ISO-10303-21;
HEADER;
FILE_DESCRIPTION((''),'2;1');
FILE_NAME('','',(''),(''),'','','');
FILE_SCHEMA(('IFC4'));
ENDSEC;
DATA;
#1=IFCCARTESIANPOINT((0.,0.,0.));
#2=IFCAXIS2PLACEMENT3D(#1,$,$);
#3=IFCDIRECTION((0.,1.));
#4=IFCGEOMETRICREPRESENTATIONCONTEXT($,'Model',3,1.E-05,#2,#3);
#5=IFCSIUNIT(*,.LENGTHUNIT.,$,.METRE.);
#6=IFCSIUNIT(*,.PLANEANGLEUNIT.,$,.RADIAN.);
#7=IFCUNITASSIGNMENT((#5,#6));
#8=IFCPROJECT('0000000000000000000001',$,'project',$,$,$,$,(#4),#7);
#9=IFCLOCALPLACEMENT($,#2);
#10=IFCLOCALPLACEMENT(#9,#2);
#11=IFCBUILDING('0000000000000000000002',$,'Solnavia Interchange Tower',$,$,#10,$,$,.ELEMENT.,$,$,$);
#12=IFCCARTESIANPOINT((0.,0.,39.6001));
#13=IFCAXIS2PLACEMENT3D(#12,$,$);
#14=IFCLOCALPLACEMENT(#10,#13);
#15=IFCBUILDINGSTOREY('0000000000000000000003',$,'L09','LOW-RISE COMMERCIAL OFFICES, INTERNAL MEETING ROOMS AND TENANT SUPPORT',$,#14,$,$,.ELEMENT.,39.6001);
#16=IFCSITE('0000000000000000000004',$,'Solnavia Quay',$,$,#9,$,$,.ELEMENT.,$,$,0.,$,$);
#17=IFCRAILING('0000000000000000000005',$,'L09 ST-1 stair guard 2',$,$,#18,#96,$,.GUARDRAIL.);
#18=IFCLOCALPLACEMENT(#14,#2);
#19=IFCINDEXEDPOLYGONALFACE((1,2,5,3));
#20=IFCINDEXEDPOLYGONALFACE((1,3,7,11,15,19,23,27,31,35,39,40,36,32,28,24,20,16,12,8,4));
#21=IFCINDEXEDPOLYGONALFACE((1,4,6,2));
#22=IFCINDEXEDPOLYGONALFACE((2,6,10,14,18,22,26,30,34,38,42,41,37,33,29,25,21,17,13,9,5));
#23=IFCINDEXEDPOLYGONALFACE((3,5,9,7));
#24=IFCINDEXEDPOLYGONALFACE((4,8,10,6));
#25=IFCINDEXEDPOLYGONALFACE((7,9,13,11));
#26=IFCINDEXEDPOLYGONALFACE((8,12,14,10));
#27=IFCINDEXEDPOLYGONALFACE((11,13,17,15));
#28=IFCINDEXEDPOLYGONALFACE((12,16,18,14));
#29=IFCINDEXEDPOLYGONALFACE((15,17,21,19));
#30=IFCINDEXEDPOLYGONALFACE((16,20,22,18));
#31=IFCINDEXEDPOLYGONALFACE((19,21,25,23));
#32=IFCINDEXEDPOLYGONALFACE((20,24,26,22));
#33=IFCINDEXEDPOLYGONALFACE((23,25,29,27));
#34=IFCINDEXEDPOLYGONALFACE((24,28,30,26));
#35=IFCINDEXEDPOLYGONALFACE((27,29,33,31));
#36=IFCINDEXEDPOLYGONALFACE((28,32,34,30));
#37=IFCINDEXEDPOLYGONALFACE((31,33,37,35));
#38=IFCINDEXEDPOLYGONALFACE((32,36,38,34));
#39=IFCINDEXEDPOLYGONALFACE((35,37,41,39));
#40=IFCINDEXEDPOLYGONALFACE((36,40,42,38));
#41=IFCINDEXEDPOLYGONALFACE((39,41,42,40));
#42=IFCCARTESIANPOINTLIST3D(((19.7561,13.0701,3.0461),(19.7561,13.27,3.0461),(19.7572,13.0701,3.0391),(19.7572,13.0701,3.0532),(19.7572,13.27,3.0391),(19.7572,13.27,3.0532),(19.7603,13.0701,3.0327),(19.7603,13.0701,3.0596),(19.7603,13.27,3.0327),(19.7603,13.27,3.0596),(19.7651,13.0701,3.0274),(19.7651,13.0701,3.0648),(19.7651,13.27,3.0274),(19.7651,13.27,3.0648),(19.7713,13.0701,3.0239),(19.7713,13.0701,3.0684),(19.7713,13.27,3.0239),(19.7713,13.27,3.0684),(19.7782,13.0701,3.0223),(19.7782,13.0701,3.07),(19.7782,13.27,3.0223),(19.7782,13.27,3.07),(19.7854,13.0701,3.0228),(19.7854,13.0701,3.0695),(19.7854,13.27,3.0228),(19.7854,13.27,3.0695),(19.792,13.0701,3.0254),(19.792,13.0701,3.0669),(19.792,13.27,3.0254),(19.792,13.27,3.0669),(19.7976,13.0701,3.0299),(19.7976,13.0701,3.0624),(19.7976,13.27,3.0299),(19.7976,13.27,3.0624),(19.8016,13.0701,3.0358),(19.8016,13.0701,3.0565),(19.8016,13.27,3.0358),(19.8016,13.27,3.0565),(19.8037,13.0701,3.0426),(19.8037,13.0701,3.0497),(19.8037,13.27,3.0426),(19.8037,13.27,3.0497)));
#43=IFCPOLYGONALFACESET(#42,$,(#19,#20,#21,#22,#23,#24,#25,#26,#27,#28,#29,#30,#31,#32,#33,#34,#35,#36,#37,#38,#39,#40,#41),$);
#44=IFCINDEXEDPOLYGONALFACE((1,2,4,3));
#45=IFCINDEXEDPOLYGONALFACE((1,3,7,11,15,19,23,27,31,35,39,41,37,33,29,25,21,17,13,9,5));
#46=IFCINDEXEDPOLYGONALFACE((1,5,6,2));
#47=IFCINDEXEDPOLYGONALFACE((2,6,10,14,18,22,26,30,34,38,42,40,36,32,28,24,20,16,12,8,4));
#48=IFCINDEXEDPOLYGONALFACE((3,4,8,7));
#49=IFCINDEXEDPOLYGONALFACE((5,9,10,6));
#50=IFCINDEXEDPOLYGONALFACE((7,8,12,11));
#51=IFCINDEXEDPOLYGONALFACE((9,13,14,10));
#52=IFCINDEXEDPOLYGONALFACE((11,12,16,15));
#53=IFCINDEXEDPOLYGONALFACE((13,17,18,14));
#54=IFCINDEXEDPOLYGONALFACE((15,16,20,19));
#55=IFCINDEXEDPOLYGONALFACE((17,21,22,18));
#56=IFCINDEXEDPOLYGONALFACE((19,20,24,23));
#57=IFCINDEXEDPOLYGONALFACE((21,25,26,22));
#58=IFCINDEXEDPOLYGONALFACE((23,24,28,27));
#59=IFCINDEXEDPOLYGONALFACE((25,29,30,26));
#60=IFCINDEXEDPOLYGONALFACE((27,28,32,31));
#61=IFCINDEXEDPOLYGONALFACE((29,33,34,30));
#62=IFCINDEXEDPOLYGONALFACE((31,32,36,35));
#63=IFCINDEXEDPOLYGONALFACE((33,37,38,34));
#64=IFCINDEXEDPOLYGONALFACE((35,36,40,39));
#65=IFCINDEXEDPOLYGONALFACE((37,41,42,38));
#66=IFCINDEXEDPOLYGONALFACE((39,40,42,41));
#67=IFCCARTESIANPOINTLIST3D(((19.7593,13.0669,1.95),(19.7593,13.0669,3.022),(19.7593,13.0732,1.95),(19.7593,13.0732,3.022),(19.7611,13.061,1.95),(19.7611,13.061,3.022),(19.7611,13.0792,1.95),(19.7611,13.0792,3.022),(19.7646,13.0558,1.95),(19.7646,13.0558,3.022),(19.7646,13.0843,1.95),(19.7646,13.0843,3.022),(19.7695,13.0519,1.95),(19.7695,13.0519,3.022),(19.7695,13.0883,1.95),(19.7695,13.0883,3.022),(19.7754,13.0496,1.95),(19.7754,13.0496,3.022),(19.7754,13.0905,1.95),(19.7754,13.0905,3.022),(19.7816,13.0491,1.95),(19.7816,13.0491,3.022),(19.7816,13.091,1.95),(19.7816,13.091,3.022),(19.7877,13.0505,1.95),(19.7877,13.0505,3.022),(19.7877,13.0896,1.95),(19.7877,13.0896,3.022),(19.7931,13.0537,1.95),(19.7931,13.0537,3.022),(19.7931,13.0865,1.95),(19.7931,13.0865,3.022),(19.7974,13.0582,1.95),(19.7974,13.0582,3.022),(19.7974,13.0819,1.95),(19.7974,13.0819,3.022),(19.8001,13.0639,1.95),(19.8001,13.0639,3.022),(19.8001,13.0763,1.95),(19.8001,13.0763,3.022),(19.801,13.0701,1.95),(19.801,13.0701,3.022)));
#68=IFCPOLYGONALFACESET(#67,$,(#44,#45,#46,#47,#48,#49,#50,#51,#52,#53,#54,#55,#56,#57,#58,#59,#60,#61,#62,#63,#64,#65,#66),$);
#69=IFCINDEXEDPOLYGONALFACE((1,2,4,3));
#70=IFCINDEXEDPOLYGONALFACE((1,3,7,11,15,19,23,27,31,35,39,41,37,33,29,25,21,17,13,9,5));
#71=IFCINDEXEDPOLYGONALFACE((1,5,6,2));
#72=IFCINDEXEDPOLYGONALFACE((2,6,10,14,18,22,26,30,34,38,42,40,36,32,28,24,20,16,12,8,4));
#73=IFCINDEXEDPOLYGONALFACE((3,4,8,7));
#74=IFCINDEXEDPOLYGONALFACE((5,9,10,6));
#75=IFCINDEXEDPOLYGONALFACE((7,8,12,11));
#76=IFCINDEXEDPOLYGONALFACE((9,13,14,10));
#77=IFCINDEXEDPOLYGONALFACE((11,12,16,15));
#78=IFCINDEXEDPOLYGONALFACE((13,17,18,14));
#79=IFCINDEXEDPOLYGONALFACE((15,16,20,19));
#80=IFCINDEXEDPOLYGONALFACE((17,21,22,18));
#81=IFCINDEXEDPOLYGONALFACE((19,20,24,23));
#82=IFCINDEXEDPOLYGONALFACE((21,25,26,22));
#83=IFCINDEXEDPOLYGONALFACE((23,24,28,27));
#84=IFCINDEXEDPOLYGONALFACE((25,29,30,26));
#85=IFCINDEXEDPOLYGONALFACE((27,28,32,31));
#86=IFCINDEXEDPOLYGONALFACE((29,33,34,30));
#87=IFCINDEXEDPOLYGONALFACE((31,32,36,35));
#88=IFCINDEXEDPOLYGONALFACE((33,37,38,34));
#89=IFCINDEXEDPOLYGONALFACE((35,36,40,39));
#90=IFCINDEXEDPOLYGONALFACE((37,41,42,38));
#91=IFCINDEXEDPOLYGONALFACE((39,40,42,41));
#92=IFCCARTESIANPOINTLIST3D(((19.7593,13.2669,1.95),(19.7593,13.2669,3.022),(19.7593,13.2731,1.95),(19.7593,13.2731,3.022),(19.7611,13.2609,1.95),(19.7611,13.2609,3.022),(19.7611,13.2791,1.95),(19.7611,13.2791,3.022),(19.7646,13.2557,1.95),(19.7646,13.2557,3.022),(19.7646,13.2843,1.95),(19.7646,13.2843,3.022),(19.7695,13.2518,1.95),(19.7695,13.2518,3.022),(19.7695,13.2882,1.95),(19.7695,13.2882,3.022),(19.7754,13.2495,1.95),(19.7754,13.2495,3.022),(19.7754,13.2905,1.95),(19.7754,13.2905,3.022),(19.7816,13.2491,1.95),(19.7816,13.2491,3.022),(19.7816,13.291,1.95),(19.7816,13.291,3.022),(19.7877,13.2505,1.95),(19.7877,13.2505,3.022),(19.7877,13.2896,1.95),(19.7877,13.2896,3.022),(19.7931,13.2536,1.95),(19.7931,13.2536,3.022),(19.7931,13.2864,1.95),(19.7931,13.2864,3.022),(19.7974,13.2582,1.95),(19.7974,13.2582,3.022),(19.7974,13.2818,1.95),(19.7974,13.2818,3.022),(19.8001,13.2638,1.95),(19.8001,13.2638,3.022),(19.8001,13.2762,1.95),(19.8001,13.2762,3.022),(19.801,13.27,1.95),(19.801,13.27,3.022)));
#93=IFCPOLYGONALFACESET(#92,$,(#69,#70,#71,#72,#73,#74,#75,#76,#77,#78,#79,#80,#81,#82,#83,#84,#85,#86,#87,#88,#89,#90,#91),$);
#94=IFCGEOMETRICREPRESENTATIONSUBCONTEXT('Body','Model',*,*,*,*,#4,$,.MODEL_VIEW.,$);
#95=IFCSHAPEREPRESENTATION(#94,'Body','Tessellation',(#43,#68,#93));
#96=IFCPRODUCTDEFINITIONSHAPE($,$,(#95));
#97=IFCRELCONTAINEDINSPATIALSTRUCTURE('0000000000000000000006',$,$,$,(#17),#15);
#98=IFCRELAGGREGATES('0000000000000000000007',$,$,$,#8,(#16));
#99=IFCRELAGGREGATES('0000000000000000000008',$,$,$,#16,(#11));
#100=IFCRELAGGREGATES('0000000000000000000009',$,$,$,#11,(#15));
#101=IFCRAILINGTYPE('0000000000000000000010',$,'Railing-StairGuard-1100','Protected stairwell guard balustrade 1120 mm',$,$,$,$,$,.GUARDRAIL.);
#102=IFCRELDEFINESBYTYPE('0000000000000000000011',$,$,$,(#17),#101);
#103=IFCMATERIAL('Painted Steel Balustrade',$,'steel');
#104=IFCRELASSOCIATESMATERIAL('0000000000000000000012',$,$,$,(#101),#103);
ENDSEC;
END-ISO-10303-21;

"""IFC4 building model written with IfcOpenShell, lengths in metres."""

from ifc_helpers import new_model, si_unit, direction, frame, origin, origin_2d, place, context, subcontext, project, spatial, circle, extrude, material, type_object, element, save


model = new_model("IFC4")

# Units and contexts
model_context = context("Model", 3, precision=1e-05, world=origin(), true_north=direction((0.0, 1.0)))
body_context = subcontext(model_context, "Body", "Model", "MODEL_VIEW")
ifc_project = project(units=[si_unit("LENGTHUNIT", "METRE"), si_unit("PLANEANGLEUNIT", "RADIAN")], contexts=[model_context])

# Site, building, storey
site_placement = place(None, origin())
site = spatial("IfcSite", under=ifc_project, at=site_placement, Name="Solnavia Quay", CompositionType="ELEMENT", RefElevation=0.0)
building_placement = place(site_placement, origin())
building = spatial("IfcBuilding", under=site, at=building_placement, Name="Solnavia Interchange Tower", CompositionType="ELEMENT")
storey_placement = place(building_placement, frame((0.0, 0.0, 39.6001)))
storey = spatial("IfcBuildingStorey", under=building, at=storey_placement, Name="L09", Description="LOW-RISE COMMERCIAL OFFICES, INTERNAL MEETING ROOMS AND TENANT SUPPORT", CompositionType="ELEMENT", Elevation=39.6001)

# Railing
ifc_material_1 = material(Name="Painted Steel Balustrade", Category="steel")
railing_type_1 = type_object("IfcRailingType", Name="Railing-StairGuard-1100", Description="Protected stairwell guard balustrade 1120 mm", PredefinedType="GUARDRAIL", material=ifc_material_1)
railing_1_placement = place(storey_placement, frame((19.78, 13.0701, 1.95)))
element("IfcRailing", 1, at=railing_1_placement, inside=storey, type_object=railing_type_1, Name="L09 ST-1 stair guard 2", PredefinedType="GUARDRAIL", context=body_context, shape_type="SweptSolid", body=[
    extrude(circle(Radius=0.0239, at=origin_2d()), frame((0.0, 0.0, 1.0962), z_axis=(0.0, 1.0, 0.0), x_axis=(-1.0, 0.0, 0.0)), (0.0, 0.0, 1.0), 0.2),
    extrude(circle(Radius=0.021, at=origin_2d()), origin(), (0.0, 0.0, 1.0), 1.072),
    extrude(circle(Radius=0.021, at=origin_2d()), frame((0.0, 0.2, 0.0)), (0.0, 0.0, 1.0), 1.072),
])

save(model, "model.ifc")
